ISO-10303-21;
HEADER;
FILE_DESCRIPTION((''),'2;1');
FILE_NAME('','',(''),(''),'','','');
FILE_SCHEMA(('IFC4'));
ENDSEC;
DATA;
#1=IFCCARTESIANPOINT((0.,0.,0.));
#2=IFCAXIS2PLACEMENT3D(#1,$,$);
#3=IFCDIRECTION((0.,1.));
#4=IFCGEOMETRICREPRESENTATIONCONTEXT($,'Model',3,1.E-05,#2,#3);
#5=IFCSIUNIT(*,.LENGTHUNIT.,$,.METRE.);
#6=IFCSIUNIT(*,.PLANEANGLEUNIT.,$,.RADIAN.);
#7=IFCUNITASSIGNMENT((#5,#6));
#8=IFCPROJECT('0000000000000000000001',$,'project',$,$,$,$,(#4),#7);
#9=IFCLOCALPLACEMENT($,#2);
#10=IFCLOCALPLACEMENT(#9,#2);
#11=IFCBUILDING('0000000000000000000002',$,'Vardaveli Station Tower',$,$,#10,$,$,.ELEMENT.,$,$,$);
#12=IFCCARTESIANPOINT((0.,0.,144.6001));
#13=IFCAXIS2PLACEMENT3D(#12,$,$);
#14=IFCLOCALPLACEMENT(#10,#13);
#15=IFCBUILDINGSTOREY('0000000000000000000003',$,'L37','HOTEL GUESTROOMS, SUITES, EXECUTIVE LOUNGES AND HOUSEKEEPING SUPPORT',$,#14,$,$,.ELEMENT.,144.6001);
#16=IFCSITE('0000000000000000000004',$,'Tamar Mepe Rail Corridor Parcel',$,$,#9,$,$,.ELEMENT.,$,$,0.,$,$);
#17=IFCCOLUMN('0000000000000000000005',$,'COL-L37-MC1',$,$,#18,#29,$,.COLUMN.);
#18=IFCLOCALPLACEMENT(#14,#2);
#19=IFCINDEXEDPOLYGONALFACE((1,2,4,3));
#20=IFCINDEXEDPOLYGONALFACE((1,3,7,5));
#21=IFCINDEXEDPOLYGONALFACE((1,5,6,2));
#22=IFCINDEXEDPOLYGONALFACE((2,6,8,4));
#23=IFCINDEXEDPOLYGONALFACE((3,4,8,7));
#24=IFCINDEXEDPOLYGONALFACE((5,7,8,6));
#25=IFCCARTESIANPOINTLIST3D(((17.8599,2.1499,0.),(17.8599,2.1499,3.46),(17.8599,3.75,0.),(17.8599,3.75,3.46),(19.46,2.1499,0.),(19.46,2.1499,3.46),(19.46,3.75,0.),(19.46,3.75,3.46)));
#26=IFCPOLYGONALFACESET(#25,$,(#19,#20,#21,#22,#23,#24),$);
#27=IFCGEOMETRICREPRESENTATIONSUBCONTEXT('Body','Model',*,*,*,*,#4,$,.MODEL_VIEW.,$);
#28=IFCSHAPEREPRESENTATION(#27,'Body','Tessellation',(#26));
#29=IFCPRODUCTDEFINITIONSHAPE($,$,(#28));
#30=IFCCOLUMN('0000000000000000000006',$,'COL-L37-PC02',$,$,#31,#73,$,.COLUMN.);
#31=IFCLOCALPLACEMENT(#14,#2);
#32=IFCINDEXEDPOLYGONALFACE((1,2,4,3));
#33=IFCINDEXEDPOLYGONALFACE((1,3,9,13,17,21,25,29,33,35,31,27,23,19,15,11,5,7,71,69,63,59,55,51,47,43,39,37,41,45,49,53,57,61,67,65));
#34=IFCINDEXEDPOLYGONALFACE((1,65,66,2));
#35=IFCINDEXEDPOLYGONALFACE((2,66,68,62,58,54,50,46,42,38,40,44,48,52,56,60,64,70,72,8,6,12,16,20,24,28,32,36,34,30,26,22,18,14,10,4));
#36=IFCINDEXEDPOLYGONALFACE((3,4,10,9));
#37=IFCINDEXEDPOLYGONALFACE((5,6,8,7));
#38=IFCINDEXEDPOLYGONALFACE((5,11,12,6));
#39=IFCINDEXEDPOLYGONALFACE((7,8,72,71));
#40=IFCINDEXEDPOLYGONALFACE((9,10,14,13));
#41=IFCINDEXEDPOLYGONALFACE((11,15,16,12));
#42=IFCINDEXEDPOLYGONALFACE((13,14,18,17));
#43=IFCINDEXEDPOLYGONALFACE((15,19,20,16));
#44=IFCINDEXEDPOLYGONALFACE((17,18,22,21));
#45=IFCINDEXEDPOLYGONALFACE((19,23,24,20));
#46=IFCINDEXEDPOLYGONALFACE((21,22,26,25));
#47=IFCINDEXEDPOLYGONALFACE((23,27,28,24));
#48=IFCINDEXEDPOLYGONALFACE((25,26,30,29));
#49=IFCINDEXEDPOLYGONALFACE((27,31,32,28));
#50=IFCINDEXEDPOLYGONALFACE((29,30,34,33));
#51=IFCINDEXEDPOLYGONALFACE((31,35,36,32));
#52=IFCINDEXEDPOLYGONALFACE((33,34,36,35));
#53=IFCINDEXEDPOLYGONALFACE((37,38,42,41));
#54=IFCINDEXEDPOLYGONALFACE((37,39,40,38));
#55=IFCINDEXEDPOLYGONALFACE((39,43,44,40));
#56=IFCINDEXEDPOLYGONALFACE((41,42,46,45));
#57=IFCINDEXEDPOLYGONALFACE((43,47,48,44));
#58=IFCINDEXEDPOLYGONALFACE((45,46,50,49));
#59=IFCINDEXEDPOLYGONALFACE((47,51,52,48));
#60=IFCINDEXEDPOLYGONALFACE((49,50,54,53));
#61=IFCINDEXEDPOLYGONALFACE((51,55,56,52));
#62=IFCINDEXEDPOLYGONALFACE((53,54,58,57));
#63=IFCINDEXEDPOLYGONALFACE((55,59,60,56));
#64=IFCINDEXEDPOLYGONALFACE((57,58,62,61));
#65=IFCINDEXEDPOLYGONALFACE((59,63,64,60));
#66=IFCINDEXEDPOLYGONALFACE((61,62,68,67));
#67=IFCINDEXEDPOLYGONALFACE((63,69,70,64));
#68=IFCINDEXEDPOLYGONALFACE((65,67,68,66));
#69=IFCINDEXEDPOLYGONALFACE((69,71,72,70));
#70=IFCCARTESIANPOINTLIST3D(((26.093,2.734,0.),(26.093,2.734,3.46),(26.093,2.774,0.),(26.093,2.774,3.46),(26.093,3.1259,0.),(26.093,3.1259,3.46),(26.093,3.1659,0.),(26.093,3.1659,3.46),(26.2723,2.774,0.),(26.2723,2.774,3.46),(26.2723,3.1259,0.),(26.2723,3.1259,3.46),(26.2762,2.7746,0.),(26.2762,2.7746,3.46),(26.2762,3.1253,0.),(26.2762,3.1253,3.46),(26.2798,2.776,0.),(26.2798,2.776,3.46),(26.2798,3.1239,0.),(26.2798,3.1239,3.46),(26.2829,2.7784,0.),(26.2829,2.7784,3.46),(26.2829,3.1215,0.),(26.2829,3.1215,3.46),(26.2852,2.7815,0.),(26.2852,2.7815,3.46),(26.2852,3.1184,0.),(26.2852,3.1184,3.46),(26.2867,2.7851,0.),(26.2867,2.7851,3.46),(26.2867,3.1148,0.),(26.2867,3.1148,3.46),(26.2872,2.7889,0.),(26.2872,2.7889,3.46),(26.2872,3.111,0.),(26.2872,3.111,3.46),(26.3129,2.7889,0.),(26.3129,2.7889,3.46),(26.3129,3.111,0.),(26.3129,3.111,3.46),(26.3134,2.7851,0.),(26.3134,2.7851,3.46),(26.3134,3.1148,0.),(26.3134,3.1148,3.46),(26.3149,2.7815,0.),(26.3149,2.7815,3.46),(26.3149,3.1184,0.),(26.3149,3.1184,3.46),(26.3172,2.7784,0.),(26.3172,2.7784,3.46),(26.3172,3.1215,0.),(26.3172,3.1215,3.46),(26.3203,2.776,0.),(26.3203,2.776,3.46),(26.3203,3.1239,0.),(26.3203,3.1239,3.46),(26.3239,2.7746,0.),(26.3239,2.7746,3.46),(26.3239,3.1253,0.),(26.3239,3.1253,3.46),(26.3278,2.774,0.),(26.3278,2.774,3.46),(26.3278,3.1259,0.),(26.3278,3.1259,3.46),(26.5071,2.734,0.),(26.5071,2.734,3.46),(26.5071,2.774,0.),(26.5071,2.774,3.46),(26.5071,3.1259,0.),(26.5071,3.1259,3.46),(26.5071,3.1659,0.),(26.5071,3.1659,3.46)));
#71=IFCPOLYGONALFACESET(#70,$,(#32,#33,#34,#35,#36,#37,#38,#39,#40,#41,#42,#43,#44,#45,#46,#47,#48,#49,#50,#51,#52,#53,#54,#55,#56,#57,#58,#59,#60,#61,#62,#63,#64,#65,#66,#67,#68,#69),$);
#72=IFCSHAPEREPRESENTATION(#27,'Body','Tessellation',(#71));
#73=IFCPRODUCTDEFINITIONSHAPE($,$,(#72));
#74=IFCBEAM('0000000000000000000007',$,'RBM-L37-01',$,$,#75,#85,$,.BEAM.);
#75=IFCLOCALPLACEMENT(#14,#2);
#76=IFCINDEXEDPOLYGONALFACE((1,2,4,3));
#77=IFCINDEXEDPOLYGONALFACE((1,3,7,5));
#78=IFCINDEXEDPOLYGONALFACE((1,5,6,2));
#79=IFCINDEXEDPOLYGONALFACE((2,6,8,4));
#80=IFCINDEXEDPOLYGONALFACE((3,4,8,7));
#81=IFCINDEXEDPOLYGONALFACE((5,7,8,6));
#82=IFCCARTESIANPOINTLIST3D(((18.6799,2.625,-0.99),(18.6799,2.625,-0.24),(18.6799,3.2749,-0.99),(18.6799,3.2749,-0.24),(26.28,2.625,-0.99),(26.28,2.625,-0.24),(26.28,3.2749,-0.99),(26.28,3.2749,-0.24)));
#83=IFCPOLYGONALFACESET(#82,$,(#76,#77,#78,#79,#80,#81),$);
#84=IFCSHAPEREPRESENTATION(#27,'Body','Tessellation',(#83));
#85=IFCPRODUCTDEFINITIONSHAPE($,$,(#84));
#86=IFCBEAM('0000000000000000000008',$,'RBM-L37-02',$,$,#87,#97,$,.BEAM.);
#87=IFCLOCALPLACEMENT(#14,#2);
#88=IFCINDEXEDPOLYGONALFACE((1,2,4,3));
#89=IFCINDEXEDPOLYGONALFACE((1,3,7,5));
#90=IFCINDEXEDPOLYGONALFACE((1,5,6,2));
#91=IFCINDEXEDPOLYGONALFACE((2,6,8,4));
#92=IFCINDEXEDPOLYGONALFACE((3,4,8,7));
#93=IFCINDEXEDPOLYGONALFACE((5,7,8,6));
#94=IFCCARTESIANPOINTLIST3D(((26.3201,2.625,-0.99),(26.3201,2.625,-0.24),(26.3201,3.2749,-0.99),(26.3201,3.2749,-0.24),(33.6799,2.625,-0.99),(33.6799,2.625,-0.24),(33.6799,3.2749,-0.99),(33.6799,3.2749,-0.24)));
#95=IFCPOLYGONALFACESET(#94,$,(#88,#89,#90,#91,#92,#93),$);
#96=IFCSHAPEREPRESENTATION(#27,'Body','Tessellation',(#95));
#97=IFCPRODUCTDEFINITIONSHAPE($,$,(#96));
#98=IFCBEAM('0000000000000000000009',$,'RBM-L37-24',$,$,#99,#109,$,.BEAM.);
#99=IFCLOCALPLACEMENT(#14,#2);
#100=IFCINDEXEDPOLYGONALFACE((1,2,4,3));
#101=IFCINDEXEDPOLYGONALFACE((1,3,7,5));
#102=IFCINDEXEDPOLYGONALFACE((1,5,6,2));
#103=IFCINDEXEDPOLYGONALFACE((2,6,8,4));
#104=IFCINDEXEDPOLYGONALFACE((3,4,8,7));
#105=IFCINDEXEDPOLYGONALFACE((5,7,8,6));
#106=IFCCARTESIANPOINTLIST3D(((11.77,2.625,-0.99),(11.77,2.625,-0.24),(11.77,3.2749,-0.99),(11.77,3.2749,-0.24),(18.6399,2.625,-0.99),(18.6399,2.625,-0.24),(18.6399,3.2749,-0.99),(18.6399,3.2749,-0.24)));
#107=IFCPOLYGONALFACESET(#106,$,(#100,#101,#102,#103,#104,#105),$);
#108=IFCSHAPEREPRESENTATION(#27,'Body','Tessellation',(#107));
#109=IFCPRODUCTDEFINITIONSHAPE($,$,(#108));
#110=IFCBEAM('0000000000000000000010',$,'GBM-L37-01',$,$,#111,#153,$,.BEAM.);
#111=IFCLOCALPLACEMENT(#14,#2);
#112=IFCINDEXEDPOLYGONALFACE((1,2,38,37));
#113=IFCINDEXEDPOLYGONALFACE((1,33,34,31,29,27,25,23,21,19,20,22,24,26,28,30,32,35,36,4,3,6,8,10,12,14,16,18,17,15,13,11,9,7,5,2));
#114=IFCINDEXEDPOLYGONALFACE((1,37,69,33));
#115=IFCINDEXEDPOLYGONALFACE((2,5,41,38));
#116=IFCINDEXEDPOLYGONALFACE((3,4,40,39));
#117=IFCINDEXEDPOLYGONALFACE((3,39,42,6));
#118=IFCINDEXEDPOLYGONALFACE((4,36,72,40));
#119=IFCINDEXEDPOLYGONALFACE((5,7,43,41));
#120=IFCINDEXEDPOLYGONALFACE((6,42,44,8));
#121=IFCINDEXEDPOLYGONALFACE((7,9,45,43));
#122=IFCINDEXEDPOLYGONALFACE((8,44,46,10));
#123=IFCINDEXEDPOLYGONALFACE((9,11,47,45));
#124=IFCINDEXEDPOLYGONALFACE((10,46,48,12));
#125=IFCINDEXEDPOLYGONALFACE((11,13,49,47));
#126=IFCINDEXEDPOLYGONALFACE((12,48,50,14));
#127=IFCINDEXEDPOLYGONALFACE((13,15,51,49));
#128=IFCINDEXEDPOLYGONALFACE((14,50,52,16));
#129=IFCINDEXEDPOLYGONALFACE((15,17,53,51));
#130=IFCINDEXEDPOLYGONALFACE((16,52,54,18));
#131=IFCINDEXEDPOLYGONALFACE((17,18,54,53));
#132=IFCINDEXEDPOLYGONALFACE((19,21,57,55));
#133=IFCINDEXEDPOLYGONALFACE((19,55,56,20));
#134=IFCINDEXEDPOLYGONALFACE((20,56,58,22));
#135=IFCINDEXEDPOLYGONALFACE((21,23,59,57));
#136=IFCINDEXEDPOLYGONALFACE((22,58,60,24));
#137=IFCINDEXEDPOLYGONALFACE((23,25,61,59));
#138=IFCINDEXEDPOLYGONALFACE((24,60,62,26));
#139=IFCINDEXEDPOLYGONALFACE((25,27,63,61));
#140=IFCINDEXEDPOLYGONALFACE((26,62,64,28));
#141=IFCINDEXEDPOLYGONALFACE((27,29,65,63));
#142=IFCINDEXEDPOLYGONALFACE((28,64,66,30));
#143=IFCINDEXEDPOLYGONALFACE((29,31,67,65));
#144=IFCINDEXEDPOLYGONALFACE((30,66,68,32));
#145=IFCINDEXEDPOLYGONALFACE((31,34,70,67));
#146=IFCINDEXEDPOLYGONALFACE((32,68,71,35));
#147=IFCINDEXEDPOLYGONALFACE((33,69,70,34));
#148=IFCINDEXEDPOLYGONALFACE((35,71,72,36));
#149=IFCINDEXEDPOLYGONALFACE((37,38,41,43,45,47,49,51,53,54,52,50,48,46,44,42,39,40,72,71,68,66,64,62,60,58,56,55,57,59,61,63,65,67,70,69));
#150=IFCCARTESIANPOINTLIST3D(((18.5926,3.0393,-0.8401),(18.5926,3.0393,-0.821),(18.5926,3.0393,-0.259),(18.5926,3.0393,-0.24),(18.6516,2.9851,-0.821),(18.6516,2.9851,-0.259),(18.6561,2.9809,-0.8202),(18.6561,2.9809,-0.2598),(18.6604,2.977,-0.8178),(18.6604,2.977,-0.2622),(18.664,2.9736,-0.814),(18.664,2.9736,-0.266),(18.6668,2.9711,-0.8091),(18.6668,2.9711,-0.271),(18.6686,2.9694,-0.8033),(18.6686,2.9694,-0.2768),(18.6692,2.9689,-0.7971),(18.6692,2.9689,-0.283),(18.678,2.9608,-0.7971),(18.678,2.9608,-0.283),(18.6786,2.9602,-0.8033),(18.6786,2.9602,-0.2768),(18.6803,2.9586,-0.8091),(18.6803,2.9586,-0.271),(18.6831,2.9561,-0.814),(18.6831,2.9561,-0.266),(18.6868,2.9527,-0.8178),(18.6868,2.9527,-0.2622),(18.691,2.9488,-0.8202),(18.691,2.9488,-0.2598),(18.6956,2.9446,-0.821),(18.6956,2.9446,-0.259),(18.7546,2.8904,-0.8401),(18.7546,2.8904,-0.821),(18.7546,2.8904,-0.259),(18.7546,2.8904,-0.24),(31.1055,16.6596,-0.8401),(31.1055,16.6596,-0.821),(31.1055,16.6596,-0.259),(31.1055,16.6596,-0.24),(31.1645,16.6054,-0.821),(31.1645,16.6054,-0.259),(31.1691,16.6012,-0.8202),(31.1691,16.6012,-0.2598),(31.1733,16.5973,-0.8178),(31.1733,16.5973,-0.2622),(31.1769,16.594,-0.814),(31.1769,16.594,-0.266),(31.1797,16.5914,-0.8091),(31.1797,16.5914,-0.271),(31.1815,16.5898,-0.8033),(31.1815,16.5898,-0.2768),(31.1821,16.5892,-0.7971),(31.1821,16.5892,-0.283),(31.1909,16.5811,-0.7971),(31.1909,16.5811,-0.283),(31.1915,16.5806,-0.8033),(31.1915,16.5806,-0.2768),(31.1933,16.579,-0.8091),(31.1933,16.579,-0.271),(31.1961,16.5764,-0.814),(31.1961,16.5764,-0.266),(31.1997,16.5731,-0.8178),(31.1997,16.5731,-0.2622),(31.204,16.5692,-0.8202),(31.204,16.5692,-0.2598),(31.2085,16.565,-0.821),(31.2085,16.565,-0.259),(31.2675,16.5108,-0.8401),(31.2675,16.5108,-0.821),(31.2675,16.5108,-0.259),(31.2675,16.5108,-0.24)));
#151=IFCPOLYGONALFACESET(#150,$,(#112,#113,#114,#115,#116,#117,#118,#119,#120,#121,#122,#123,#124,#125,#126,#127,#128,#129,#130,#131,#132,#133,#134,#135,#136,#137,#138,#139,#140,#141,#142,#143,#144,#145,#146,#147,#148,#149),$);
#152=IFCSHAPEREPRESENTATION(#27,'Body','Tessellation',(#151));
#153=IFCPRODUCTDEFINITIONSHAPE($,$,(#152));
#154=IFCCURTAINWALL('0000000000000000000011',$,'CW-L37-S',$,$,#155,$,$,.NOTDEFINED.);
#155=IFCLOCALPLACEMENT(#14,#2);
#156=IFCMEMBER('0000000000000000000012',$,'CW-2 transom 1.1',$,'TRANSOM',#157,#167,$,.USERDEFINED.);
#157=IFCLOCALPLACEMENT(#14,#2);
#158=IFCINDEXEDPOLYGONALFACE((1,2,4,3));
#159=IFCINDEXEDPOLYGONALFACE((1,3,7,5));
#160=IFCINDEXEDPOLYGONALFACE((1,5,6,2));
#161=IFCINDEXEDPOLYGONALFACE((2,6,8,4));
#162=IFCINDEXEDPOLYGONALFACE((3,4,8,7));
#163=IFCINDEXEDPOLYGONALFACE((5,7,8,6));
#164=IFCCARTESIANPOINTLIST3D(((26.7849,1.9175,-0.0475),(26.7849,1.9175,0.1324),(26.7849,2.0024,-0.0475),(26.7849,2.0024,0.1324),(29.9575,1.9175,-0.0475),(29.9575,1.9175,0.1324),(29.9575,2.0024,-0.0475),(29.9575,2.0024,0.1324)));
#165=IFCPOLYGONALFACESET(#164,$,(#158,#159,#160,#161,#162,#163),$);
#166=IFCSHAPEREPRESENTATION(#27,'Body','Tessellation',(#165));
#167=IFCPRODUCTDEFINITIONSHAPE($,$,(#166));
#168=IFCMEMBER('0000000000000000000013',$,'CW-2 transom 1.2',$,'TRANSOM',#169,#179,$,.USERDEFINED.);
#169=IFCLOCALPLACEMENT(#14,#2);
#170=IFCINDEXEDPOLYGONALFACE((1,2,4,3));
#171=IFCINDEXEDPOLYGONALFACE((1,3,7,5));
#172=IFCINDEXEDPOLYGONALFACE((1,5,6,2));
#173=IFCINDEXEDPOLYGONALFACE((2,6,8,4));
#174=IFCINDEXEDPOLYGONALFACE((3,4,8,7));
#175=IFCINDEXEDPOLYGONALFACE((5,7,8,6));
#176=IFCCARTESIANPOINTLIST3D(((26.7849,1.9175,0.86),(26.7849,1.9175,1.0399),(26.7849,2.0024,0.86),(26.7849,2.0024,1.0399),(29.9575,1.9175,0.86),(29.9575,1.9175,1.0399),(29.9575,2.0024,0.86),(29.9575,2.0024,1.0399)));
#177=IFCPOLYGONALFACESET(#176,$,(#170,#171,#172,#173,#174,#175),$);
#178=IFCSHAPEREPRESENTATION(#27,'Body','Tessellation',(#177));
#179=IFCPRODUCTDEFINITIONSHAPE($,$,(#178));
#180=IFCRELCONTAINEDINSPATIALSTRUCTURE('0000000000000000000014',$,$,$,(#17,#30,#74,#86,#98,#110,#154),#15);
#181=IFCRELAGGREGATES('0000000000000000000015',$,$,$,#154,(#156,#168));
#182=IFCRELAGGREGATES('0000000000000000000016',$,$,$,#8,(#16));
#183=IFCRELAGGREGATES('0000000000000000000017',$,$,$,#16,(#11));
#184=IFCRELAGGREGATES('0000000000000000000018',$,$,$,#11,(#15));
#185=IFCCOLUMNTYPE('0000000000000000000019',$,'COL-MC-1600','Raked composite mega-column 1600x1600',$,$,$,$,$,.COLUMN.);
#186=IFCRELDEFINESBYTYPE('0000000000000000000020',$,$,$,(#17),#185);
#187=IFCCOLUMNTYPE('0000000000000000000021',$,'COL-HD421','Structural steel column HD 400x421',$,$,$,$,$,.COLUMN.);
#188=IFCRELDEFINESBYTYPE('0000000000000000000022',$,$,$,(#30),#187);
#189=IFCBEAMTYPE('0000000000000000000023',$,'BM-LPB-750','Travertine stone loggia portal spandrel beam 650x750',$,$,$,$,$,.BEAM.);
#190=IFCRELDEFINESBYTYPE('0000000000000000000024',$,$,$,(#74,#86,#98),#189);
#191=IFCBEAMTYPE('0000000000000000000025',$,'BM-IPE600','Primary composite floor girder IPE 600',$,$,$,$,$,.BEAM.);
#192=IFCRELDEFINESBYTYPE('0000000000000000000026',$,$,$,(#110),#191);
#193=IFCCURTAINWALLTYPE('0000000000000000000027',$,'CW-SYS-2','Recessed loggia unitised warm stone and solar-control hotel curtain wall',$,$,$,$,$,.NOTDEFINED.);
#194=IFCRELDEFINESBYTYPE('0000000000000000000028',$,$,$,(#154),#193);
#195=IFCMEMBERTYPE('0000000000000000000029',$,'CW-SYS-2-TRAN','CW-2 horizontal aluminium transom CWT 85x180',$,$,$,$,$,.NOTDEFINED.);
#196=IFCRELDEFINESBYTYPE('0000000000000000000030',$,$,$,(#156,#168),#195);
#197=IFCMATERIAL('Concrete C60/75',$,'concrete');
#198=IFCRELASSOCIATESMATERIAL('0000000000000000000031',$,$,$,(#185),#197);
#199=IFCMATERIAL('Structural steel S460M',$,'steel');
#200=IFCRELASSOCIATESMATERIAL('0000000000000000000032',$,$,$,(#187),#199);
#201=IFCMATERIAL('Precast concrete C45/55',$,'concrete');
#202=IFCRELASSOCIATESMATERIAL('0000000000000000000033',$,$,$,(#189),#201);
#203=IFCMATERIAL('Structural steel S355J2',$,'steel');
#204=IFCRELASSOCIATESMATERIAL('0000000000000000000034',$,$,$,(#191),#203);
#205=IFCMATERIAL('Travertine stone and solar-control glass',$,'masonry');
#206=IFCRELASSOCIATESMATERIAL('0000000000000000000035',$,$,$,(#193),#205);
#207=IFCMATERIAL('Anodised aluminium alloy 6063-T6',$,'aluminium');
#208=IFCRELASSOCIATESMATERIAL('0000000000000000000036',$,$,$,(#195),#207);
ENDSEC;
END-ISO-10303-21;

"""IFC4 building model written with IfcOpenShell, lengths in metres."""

from ifc_helpers import new_model, si_unit, direction, frame, origin, origin_2d, place, context, subcontext, project, spatial, rectangle, i_section, extrude, source, transform, mapped, material, material_profile, profile_set, type_object, element, aggregate, save


model = new_model("IFC4")

# Units and contexts
model_context = context("Model", 3, precision=1e-05, world=origin(), true_north=direction((0.0, 1.0)))
body_context = subcontext(model_context, "Body", "Model", "MODEL_VIEW")
ifc_project = project(units=[si_unit("LENGTHUNIT", "METRE"), si_unit("PLANEANGLEUNIT", "RADIAN")], contexts=[model_context])

# Site, building, storey
site_placement = place(None, origin())
site = spatial("IfcSite", under=ifc_project, at=site_placement, Name="Tamar Mepe Rail Corridor Parcel", CompositionType="ELEMENT", RefElevation=0.0)
building_placement = place(site_placement, origin())
building = spatial("IfcBuilding", under=site, at=building_placement, Name="Vardaveli Station Tower", CompositionType="ELEMENT")
storey_placement = place(building_placement, frame((0.0, 0.0, 144.6001)))
storey = spatial("IfcBuildingStorey", under=building, at=storey_placement, Name="L37", Description="HOTEL GUESTROOMS, SUITES, EXECUTIVE LOUNGES AND HOUSEKEEPING SUPPORT", CompositionType="ELEMENT", Elevation=144.6001)

# Columns
ifc_material_1 = material(Name="Concrete C60/75", Category="concrete")
ifc_material_profile_1 = material_profile(ifc_material_1, rectangle(XDim=1.6001, YDim=1.6001, at=origin_2d()), Name="MC 1600x1600")
ifc_profile_set_1 = profile_set([ifc_material_profile_1], Name="Concrete C60/75")
column_type_1 = type_object("IfcColumnType", Name="COL-MC-1600", Description="Raked composite mega-column 1600x1600", PredefinedType="COLUMN", material=ifc_profile_set_1)
shared_shape_1 = source(origin(), body_context, "Body", "SweptSolid", [
    extrude(rectangle(XDim=1.6001, YDim=1.6001, at=origin_2d()), origin(), (0.0, 0.0, 1.0), 3.46),
])
column_1_placement = place(storey_placement, frame((18.6599, 2.95, 0.0), z_axis=(0.0, 0.0, 1.0), x_axis=(1.0, 0.0, 0.0)))
element("IfcColumn", 1, at=column_1_placement, inside=storey, type_object=column_type_1, Name="COL-L37-MC1", PredefinedType="COLUMN", context=body_context, shape_type="MappedRepresentation", body=[
    mapped(shared_shape_1, transform((0.0, 0.0, 0.0), scale=1.0)),
])
ifc_material_2 = material(Name="Structural steel S460M", Category="steel")
ifc_material_profile_2 = material_profile(ifc_material_2, i_section(OverallWidth=0.4141, OverallDepth=0.4319, WebThickness=0.0256, FlangeThickness=0.04, FilletRadius=0.0149, at=origin_2d()), Name="HD 400x421")
ifc_profile_set_2 = profile_set([ifc_material_profile_2], Name="Structural steel S460M")
column_type_2 = type_object("IfcColumnType", Name="COL-HD421", Description="Structural steel column HD 400x421", PredefinedType="COLUMN", material=ifc_profile_set_2)
shared_shape_2 = source(origin(), body_context, "Body", "SweptSolid", [
    extrude(i_section(OverallWidth=0.4141, OverallDepth=0.4319, WebThickness=0.0256, FlangeThickness=0.04, FilletRadius=0.0149, at=origin_2d()), origin(), (0.0, 0.0, 1.0), 3.46),
])
column_2_placement = place(storey_placement, frame((26.3, 2.95, 0.0), z_axis=(0.0, 0.0, 1.0), x_axis=(1.0, 0.0, 0.0)))
element("IfcColumn", 2, at=column_2_placement, inside=storey, type_object=column_type_2, Name="COL-L37-PC02", PredefinedType="COLUMN", context=body_context, shape_type="MappedRepresentation", body=[
    mapped(shared_shape_2, transform((0.0, 0.0, 0.0), scale=1.0)),
])

# Beams
ifc_material_3 = material(Name="Precast concrete C45/55", Category="concrete")
ifc_material_profile_3 = material_profile(ifc_material_3, rectangle(XDim=0.6499, YDim=0.75, at=origin_2d()), Name="LPB 650x750")
ifc_profile_set_3 = profile_set([ifc_material_profile_3], Name="Precast concrete C45/55")
beam_type_1 = type_object("IfcBeamType", Name="BM-LPB-750", Description="Travertine stone loggia portal spandrel beam 650x750", PredefinedType="BEAM", material=ifc_profile_set_3)
shared_shape_3 = source(origin(), body_context, "Body", "SweptSolid", [
    extrude(rectangle(XDim=0.6499, YDim=0.75, at=origin_2d()), origin(), (0.0, 0.0, 1.0), 7.6001),
])
beam_1_placement = place(storey_placement, frame((18.6799, 2.95, -0.615), z_axis=(1.0, 0.0, 0.0), x_axis=(0.0, 1.0, 0.0)))
element("IfcBeam", 3, at=beam_1_placement, inside=storey, type_object=beam_type_1, Name="RBM-L37-01", PredefinedType="BEAM", context=body_context, shape_type="MappedRepresentation", body=[
    mapped(shared_shape_3, transform((0.0, 0.0, 0.0), scale=1.0)),
])
shared_shape_4 = source(origin(), body_context, "Body", "SweptSolid", [
    extrude(rectangle(XDim=0.6499, YDim=0.75, at=origin_2d()), origin(), (0.0, 0.0, 1.0), 7.3599),
])
beam_2_placement = place(storey_placement, frame((26.3201, 2.95, -0.615), z_axis=(1.0, 0.0, 0.0), x_axis=(0.0, 1.0, 0.0)))
element("IfcBeam", 4, at=beam_2_placement, inside=storey, type_object=beam_type_1, Name="RBM-L37-02", PredefinedType="BEAM", context=body_context, shape_type="MappedRepresentation", body=[
    mapped(shared_shape_4, transform((0.0, 0.0, 0.0), scale=1.0)),
])
shared_shape_5 = source(origin(), body_context, "Body", "SweptSolid", [
    extrude(rectangle(XDim=0.6499, YDim=0.75, at=origin_2d()), origin(), (0.0, 0.0, 1.0), 6.8699),
])
beam_3_placement = place(storey_placement, frame((11.77, 2.95, -0.615), z_axis=(1.0, 0.0, 0.0), x_axis=(0.0, 1.0, 0.0)))
element("IfcBeam", 5, at=beam_3_placement, inside=storey, type_object=beam_type_1, Name="RBM-L37-24", PredefinedType="BEAM", context=body_context, shape_type="MappedRepresentation", body=[
    mapped(shared_shape_5, transform((0.0, 0.0, 0.0), scale=1.0)),
])
ifc_material_4 = material(Name="Structural steel S355J2", Category="steel")
ifc_material_profile_4 = material_profile(ifc_material_4, i_section(OverallWidth=0.22, OverallDepth=0.6001, WebThickness=0.012, FlangeThickness=0.019, FilletRadius=0.0239, at=origin_2d()), Name="IPE 600")
ifc_profile_set_4 = profile_set([ifc_material_profile_4], Name="Structural steel S355J2")
beam_type_2 = type_object("IfcBeamType", Name="BM-IPE600", Description="Primary composite floor girder IPE 600", PredefinedType="BEAM", material=ifc_profile_set_4)
shared_shape_6 = source(origin(), body_context, "Body", "SweptSolid", [
    extrude(i_section(OverallWidth=0.22, OverallDepth=0.6001, WebThickness=0.012, FlangeThickness=0.019, FilletRadius=0.0239, at=origin_2d()), origin(), (0.0, 0.0, 1.0), 18.4956),
])
beam_4_placement = place(storey_placement, frame((18.6736, 2.9648, -0.54), z_axis=(0.676535, 0.73641, 0.0), x_axis=(-0.73641, 0.676535, 0.0)))
element("IfcBeam", 6, at=beam_4_placement, inside=storey, type_object=beam_type_2, Name="GBM-L37-01", PredefinedType="BEAM", context=body_context, shape_type="MappedRepresentation", body=[
    mapped(shared_shape_6, transform((0.0, 0.0, 0.0), scale=1.0)),
])

# Curtain wall, members
ifc_material_5 = material(Name="Travertine stone and solar-control glass", Category="masonry")
curtain_wall_type = type_object("IfcCurtainWallType", Name="CW-SYS-2", Description="Recessed loggia unitised warm stone and solar-control hotel curtain wall", PredefinedType="NOTDEFINED", material=ifc_material_5)
curtain_wall_placement = place(storey_placement, origin())
curtain_wall = element("IfcCurtainWall", 7, at=curtain_wall_placement, inside=storey, type_object=curtain_wall_type, Name="CW-L37-S", PredefinedType="NOTDEFINED")
ifc_material_6 = material(Name="Anodised aluminium alloy 6063-T6", Category="aluminium")
ifc_material_profile_5 = material_profile(ifc_material_6, rectangle(XDim=0.085, YDim=0.1799, at=origin_2d()), Name="CWT 85x180")
ifc_profile_set_5 = profile_set([ifc_material_profile_5], Name="Anodised aluminium alloy 6063-T6")
member_type_1 = type_object("IfcMemberType", Name="CW-SYS-2-TRAN", Description="CW-2 horizontal aluminium transom CWT 85x180", PredefinedType="NOTDEFINED", material=ifc_profile_set_5)
shared_shape_7 = source(origin(), body_context, "Body", "SweptSolid", [
    extrude(rectangle(XDim=0.085, YDim=0.1799, at=origin_2d()), origin(), (0.0, 0.0, 1.0), 3.1726),
])
member_1_placement = place(storey_placement, frame((26.7849, 1.96, 0.0425), z_axis=(1.0, 0.0, 0.0), x_axis=(0.0, 1.0, 0.0)))
member_1 = element("IfcMember", 8, at=member_1_placement, type_object=member_type_1, Name="CW-2 transom 1.1", ObjectType="TRANSOM", PredefinedType="USERDEFINED", context=body_context, shape_type="MappedRepresentation", body=[
    mapped(shared_shape_7, transform((0.0, 0.0, 0.0), scale=1.0)),
])
member_2_placement = place(storey_placement, frame((26.7849, 1.96, 0.95), z_axis=(1.0, 0.0, 0.0), x_axis=(0.0, 1.0, 0.0)))
member_2 = element("IfcMember", 9, at=member_2_placement, type_object=member_type_1, Name="CW-2 transom 1.2", ObjectType="TRANSOM", PredefinedType="USERDEFINED", context=body_context, shape_type="MappedRepresentation", body=[
    mapped(shared_shape_7, transform((0.0, 0.0, 0.0), scale=1.0)),
])
aggregate(curtain_wall, [member_1, member_2])

save(model, "model.ifc")
